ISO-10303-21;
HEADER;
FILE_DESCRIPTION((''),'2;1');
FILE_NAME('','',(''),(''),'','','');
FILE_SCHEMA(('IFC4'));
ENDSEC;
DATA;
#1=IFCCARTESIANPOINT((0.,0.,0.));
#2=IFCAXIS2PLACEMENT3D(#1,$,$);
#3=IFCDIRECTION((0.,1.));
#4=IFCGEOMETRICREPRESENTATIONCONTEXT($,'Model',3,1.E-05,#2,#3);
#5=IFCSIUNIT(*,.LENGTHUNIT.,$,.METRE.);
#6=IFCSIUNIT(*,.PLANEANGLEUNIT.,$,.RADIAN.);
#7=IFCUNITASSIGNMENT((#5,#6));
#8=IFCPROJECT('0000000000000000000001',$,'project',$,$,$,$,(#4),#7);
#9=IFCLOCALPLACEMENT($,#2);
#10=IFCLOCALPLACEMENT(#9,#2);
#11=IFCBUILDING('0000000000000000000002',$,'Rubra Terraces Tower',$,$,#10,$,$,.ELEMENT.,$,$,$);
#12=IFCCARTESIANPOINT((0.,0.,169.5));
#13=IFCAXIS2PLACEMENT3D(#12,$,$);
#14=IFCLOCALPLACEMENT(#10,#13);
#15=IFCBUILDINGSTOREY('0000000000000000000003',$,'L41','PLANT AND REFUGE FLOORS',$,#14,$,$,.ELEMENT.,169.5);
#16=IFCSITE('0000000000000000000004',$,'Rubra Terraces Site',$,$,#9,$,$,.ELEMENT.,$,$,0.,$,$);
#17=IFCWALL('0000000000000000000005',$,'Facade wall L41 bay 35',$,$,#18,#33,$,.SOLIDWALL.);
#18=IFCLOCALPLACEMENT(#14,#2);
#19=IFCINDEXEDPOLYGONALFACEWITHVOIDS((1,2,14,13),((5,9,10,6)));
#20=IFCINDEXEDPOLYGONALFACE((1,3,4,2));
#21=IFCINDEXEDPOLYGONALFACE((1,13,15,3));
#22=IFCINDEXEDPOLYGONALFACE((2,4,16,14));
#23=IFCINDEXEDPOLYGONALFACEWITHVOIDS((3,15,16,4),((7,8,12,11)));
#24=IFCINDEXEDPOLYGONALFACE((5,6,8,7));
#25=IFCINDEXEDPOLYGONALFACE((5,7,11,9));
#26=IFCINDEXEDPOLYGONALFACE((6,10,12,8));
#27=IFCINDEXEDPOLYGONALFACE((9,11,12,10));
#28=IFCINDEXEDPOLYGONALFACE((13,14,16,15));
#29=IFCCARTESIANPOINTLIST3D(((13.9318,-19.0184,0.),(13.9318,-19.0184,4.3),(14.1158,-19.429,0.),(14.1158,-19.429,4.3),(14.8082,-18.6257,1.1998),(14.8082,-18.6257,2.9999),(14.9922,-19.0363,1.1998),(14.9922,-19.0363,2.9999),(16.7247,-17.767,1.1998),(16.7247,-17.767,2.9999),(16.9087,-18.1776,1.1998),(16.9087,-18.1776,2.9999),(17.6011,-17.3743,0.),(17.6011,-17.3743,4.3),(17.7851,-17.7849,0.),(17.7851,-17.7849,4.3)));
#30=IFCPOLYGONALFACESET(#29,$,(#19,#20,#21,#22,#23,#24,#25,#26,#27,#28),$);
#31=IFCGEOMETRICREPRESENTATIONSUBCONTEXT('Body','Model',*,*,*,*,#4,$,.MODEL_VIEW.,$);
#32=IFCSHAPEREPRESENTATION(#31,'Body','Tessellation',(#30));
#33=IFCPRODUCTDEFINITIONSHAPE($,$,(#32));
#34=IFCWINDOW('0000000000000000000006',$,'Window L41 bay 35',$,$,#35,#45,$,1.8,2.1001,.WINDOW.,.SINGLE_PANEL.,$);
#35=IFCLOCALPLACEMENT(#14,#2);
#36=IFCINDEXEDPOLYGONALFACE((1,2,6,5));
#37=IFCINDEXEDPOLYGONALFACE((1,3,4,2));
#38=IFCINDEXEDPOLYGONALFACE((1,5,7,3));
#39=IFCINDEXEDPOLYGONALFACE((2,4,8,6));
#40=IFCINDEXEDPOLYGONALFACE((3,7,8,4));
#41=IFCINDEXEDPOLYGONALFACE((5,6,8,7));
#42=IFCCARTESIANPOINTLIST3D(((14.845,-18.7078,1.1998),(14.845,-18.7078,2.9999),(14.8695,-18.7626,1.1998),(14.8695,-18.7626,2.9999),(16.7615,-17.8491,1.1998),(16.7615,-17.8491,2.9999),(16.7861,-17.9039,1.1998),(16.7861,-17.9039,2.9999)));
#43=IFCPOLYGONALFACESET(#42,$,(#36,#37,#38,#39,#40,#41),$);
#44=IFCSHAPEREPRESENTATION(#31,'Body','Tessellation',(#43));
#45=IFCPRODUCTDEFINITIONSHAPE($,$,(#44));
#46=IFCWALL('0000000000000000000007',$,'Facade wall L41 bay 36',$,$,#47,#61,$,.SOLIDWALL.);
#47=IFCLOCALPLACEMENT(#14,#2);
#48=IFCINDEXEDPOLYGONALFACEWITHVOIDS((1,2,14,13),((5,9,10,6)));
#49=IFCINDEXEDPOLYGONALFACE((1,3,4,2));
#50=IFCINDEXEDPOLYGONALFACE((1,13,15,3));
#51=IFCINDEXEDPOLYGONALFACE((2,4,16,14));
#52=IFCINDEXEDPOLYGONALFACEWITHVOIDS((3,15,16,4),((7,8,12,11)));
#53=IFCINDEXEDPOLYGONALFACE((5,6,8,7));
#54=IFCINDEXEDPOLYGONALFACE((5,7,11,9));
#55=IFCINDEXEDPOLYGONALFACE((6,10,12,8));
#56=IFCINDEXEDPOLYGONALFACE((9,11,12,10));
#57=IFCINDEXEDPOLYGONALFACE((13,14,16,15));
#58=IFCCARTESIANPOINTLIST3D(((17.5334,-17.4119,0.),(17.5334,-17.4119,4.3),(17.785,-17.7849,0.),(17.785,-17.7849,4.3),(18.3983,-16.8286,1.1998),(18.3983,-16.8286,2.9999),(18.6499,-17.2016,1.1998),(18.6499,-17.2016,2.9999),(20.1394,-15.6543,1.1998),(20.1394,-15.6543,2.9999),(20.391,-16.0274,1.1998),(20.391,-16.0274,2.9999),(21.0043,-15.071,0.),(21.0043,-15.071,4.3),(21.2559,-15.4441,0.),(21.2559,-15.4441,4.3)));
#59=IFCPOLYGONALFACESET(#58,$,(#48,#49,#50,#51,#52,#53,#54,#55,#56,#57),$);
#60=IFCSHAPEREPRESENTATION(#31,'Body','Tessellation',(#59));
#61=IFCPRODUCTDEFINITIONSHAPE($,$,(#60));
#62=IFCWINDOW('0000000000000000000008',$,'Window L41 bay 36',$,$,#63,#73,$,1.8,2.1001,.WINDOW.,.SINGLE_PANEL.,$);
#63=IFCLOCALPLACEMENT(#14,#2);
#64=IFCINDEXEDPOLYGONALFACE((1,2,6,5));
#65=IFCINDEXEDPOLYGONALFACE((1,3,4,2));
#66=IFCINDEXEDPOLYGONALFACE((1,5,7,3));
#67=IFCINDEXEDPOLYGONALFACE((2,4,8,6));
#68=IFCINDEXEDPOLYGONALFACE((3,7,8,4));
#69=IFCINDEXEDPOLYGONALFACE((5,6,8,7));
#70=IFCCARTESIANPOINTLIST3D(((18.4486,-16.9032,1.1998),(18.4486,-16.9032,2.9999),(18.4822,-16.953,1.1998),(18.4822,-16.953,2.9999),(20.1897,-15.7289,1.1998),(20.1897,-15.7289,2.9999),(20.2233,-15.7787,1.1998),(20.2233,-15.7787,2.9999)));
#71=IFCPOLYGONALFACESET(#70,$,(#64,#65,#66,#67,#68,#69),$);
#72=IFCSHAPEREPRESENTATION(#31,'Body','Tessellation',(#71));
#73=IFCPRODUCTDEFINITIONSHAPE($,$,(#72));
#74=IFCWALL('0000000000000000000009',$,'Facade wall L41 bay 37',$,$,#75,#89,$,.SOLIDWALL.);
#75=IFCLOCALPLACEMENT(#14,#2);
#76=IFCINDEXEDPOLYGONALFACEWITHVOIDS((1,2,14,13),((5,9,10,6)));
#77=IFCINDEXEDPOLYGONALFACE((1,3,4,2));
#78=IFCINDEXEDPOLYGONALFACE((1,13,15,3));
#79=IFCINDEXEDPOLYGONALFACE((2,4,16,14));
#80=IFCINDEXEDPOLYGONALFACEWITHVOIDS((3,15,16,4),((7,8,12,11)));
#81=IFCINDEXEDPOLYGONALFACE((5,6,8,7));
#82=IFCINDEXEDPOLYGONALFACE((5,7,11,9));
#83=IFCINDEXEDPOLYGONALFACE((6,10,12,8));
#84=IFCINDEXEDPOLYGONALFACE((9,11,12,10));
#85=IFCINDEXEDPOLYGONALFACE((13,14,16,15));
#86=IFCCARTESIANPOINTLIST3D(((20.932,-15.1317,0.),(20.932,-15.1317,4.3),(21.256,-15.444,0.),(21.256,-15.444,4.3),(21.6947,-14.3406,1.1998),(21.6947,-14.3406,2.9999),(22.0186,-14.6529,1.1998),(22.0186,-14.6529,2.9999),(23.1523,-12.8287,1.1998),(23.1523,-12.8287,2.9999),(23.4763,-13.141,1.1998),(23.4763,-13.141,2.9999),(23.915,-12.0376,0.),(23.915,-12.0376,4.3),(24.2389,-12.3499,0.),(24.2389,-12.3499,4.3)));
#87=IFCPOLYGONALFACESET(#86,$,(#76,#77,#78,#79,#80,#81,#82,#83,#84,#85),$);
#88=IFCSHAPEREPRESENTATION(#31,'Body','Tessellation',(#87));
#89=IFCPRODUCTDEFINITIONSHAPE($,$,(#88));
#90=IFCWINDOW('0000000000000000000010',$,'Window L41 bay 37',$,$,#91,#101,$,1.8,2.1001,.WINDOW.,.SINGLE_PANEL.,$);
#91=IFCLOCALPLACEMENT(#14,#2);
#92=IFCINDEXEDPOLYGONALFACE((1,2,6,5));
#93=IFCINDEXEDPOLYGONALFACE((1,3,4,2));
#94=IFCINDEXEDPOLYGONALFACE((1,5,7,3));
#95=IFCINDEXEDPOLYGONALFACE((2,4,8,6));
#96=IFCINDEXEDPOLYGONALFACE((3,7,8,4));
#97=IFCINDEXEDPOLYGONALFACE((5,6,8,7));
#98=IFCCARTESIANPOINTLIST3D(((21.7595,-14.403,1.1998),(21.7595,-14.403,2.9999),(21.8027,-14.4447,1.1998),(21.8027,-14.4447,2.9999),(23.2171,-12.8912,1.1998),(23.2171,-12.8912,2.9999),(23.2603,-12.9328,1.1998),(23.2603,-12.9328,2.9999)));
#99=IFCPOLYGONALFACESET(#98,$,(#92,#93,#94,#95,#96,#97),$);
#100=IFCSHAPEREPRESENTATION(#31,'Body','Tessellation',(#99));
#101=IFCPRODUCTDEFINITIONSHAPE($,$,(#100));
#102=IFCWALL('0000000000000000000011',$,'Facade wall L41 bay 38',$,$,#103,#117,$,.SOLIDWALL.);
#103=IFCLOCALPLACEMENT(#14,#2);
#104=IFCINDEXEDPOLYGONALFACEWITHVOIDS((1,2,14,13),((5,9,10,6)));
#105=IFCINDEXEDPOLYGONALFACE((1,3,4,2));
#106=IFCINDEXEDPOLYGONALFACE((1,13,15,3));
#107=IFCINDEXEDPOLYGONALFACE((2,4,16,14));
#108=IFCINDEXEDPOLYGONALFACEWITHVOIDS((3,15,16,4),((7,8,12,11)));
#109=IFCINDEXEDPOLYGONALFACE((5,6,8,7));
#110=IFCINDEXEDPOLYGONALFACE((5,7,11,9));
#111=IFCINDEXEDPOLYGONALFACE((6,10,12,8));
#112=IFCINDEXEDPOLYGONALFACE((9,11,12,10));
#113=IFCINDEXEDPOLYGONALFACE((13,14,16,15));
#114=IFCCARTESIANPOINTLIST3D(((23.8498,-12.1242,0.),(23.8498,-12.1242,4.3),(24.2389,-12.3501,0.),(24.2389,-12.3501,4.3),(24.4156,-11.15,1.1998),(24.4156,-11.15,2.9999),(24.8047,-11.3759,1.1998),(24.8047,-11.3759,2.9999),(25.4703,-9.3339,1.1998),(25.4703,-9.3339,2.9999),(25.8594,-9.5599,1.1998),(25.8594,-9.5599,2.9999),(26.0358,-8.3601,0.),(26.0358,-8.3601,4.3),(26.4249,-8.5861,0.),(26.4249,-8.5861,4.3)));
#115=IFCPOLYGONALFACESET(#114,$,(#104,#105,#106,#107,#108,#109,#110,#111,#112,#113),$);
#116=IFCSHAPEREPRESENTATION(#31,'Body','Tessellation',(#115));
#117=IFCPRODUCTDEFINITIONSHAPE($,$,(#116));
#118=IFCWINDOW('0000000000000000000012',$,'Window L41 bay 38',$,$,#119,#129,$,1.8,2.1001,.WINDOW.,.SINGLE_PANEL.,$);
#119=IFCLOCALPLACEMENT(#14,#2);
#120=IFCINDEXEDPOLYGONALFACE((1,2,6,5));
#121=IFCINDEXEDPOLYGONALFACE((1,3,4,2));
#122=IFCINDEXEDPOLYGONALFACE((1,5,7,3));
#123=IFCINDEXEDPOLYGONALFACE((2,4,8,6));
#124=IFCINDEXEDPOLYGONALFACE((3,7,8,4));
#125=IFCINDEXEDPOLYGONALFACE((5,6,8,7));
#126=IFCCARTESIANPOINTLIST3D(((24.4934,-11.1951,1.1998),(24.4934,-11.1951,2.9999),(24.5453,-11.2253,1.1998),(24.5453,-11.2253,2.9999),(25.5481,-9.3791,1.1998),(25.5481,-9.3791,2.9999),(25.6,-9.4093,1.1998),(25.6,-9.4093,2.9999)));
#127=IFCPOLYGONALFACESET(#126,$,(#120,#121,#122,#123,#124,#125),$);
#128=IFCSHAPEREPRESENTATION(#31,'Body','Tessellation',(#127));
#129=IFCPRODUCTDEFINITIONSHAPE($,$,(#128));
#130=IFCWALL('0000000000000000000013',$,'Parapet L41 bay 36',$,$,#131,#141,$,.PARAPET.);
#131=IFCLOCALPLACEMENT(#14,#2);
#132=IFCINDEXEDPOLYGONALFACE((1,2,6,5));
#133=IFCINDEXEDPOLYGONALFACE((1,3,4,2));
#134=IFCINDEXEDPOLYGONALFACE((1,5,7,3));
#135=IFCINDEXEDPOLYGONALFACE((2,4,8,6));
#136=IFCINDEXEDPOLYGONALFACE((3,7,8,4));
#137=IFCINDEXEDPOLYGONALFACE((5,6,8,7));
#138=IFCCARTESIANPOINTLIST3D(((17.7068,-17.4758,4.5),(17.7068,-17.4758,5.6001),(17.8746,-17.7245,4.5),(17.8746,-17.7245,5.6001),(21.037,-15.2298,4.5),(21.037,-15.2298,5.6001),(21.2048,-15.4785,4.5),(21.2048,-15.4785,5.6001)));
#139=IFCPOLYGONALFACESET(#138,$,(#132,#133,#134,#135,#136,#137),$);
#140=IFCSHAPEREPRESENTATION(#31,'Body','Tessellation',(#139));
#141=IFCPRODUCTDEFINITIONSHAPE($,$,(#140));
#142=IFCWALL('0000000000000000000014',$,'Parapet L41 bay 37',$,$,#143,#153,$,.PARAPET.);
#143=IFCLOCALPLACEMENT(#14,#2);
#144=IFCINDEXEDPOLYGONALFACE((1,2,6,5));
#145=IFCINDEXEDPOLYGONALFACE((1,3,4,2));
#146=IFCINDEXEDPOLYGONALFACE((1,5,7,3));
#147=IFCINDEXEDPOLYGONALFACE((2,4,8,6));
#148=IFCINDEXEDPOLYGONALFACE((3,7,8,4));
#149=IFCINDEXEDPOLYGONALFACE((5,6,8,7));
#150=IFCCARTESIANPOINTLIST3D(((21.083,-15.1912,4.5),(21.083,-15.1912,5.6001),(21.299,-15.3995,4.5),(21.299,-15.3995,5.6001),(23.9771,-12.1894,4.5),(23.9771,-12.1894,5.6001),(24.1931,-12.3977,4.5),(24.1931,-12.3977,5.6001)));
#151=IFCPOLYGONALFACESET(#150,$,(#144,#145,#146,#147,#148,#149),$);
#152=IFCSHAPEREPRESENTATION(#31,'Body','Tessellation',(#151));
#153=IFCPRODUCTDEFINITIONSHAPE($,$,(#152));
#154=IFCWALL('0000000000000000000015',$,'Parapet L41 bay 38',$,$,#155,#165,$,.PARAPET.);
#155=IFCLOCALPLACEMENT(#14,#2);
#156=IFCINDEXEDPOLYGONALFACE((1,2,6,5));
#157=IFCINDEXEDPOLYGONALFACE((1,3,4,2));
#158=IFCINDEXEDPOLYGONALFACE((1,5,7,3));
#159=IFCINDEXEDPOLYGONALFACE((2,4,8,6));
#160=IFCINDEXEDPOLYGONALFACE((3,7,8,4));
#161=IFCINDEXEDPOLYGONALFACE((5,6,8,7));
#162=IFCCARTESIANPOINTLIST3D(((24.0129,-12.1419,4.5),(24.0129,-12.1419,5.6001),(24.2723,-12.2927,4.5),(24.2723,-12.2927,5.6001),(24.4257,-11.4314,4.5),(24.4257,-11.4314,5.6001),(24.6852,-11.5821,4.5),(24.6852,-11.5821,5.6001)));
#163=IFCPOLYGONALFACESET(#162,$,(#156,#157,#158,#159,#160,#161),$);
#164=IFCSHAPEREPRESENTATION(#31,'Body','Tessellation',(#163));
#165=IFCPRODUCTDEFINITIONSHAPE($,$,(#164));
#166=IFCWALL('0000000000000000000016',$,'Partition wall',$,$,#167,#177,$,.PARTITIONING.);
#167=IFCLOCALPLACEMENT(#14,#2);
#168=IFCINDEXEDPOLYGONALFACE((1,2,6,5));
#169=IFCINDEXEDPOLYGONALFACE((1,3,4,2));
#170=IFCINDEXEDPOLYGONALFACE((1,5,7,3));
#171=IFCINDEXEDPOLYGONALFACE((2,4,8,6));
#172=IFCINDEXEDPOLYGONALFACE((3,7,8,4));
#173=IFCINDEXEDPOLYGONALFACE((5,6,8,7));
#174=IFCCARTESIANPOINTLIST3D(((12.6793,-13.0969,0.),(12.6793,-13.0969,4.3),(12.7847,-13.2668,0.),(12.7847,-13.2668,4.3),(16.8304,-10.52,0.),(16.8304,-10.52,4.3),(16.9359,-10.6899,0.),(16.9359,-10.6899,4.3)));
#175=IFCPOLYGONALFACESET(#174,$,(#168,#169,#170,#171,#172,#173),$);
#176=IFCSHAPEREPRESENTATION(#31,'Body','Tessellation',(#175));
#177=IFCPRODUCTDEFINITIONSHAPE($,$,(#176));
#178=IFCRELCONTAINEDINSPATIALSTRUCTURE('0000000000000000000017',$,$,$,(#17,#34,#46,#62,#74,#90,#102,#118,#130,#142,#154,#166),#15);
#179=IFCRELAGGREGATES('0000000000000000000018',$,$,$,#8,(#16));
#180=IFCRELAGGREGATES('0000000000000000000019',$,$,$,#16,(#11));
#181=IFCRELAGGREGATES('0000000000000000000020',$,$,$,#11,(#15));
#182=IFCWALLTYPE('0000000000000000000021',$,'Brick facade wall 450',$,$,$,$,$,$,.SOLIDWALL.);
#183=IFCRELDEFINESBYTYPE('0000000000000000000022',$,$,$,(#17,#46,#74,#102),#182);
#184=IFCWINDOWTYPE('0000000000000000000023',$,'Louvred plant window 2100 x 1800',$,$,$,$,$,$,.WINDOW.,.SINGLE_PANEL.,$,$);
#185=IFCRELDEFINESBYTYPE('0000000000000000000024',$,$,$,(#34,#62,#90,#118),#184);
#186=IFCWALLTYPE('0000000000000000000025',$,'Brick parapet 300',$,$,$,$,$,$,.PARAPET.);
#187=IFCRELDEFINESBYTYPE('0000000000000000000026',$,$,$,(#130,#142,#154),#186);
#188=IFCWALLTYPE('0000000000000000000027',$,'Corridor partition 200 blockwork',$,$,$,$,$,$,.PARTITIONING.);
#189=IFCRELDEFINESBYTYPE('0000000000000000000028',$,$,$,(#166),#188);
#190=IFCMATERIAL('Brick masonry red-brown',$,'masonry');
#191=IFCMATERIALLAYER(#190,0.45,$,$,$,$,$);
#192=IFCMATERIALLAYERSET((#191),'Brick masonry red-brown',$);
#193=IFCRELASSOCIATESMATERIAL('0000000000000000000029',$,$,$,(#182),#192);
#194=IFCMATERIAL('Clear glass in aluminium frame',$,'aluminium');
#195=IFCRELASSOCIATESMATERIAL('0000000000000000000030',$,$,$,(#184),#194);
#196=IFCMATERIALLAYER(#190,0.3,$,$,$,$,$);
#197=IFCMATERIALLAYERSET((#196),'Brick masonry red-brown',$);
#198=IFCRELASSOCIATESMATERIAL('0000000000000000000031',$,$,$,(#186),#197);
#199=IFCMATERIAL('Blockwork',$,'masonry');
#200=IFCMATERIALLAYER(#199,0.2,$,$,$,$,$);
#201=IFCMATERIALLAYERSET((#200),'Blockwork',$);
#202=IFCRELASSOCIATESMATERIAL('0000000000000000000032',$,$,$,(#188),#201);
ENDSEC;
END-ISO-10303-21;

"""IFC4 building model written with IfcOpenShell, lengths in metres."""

from ifc_helpers import new_model, si_unit, direction, frame, frame_2d, origin, place, context, subcontext, project, spatial, rectangle, extrude, material, layer, layer_set, type_object, element, fill, save


model = new_model("IFC4")

# Units and contexts
model_context = context("Model", 3, precision=1e-05, world=origin(), true_north=direction((0.0, 1.0)))
body_context = subcontext(model_context, "Body", "Model", "MODEL_VIEW")
ifc_project = project(units=[si_unit("LENGTHUNIT", "METRE"), si_unit("PLANEANGLEUNIT", "RADIAN")], contexts=[model_context])

# Site, building, storey
site_placement = place(None, origin())
site = spatial("IfcSite", under=ifc_project, at=site_placement, Name="Rubra Terraces Site", CompositionType="ELEMENT", RefElevation=0.0)
building_placement = place(site_placement, origin())
building = spatial("IfcBuilding", under=site, at=building_placement, Name="Rubra Terraces Tower", CompositionType="ELEMENT")
storey_placement = place(building_placement, frame((0.0, 0.0, 169.5)))
storey = spatial("IfcBuildingStorey", under=building, at=storey_placement, Name="L41", Description="PLANT AND REFUGE FLOORS", CompositionType="ELEMENT", Elevation=169.5)

# Walls, openings, windows
ifc_material_1 = material(Name="Brick masonry red-brown", Category="masonry")
ifc_layer_1 = layer(ifc_material_1, 0.45)
ifc_layer_set_1 = layer_set([ifc_layer_1], Name="Brick masonry red-brown")
wall_type_1 = type_object("IfcWallType", Name="Brick facade wall 450", PredefinedType="SOLIDWALL", material=ifc_layer_set_1)
wall_1_placement = place(storey_placement, frame((14.0239, -19.2236, 0.0), z_axis=(0.0, 0.0, 1.0), x_axis=(0.91258, 0.408897, 0.0)))
wall_1 = element("IfcWall", 1, at=wall_1_placement, inside=storey, type_object=wall_type_1, Name="Facade wall L41 bay 35", PredefinedType="SOLIDWALL", context=body_context, shape_type="SweptSolid", body=[
    extrude(rectangle(XDim=4.0208, YDim=0.45, at=frame_2d((2.0103, 0.0))), origin(), (0.0, 0.0, 1.0), 4.3),
])
opening_1_placement = place(wall_1_placement, frame((0.9602, 0.0, 1.2)))
opening_1 = element("IfcOpeningElement", 2, at=opening_1_placement, cuts=wall_1, PredefinedType="OPENING", context=body_context, shape_type="SweptSolid", body=[
    extrude(rectangle(XDim=2.1001, YDim=1.8, at=frame_2d((1.05, 0.8999))), frame((0.0, 0.2349, 0.0), z_axis=(0.0, -1.0, 0.0), x_axis=(1.0, 0.0, 0.0)), (0.0, 0.0, 1.0), 0.47),
])
ifc_material_2 = material(Name="Clear glass in aluminium frame", Category="aluminium")
window_type = type_object("IfcWindowType", Name="Louvred plant window 2100 x 1800", PartitioningType="SINGLE_PANEL", PredefinedType="WINDOW", material=ifc_material_2)
window_1_placement = place(opening_1_placement, origin())
window_1 = element("IfcWindow", 3, at=window_1_placement, inside=storey, type_object=window_type, Name="Window L41 bay 35", OverallHeight=1.8, OverallWidth=2.1001, PartitioningType="SINGLE_PANEL", PredefinedType="WINDOW", context=body_context, shape_type="SweptSolid", body=[
    extrude(rectangle(XDim=2.1001, YDim=1.8, at=frame_2d((1.05, 0.8999))), frame((0.0, 0.135, 0.0), z_axis=(0.0, -1.0, 0.0), x_axis=(1.0, 0.0, 0.0)), (0.0, 0.0, 1.0), 0.0601),
])
fill(opening_1, window_1)
wall_2_placement = place(storey_placement, frame((17.6592, -17.5984, 0.0), z_axis=(0.0, 0.0, 1.0), x_axis=(0.829078, 0.559133, 0.0)))
wall_2 = element("IfcWall", 4, at=wall_2_placement, inside=storey, type_object=wall_type_1, Name="Facade wall L41 bay 36", PredefinedType="SOLIDWALL", context=body_context, shape_type="SweptSolid", body=[
    extrude(rectangle(XDim=4.1865, YDim=0.45, at=frame_2d((2.0933, 0.0))), origin(), (0.0, 0.0, 1.0), 4.3),
])
opening_2_placement = place(wall_2_placement, frame((1.0432, 0.0, 1.2)))
opening_2 = element("IfcOpeningElement", 5, at=opening_2_placement, cuts=wall_2, PredefinedType="OPENING", context=body_context, shape_type="SweptSolid", body=[
    extrude(rectangle(XDim=2.1001, YDim=1.8, at=frame_2d((1.05, 0.8999))), frame((0.0, 0.2349, 0.0), z_axis=(0.0, -1.0, 0.0), x_axis=(1.0, 0.0, 0.0)), (0.0, 0.0, 1.0), 0.47),
])
window_2_placement = place(opening_2_placement, origin())
window_2 = element("IfcWindow", 6, at=window_2_placement, inside=storey, type_object=window_type, Name="Window L41 bay 36", OverallHeight=1.8, OverallWidth=2.1001, PartitioningType="SINGLE_PANEL", PredefinedType="WINDOW", context=body_context, shape_type="SweptSolid", body=[
    extrude(rectangle(XDim=2.1001, YDim=1.8, at=frame_2d((1.05, 0.8999))), frame((0.0, 0.135, 0.0), z_axis=(0.0, -1.0, 0.0), x_axis=(1.0, 0.0, 0.0)), (0.0, 0.0, 1.0), 0.0601),
])
fill(opening_2, window_2)
wall_3_placement = place(storey_placement, frame((21.094, -15.2878, 0.0), z_axis=(0.0, 0.0, 1.0), x_axis=(0.694065, 0.719912, 0.0)))
wall_3 = element("IfcWall", 7, at=wall_3_placement, inside=storey, type_object=wall_type_1, Name="Facade wall L41 bay 37", PredefinedType="SOLIDWALL", context=body_context, shape_type="SweptSolid", body=[
    extrude(rectangle(XDim=4.2979, YDim=0.45, at=frame_2d((2.1489, 0.0))), origin(), (0.0, 0.0, 1.0), 4.3),
])
opening_3_placement = place(wall_3_placement, frame((1.0989, 0.0, 1.2)))
opening_3 = element("IfcOpeningElement", 8, at=opening_3_placement, cuts=wall_3, PredefinedType="OPENING", context=body_context, shape_type="SweptSolid", body=[
    extrude(rectangle(XDim=2.1001, YDim=1.8, at=frame_2d((1.05, 0.8999))), frame((0.0, 0.2349, 0.0), z_axis=(0.0, -1.0, 0.0), x_axis=(1.0, 0.0, 0.0)), (0.0, 0.0, 1.0), 0.47),
])
window_3_placement = place(opening_3_placement, origin())
window_3 = element("IfcWindow", 9, at=window_3_placement, inside=storey, type_object=window_type, Name="Window L41 bay 37", OverallHeight=1.8, OverallWidth=2.1001, PartitioningType="SINGLE_PANEL", PredefinedType="WINDOW", context=body_context, shape_type="SweptSolid", body=[
    extrude(rectangle(XDim=2.1001, YDim=1.8, at=frame_2d((1.05, 0.8999))), frame((0.0, 0.135, 0.0), z_axis=(0.0, -1.0, 0.0), x_axis=(1.0, 0.0, 0.0)), (0.0, 0.0, 1.0), 0.0601),
])
fill(opening_3, window_3)
wall_4_placement = place(storey_placement, frame((24.0444, -12.2371, 0.0), z_axis=(0.0, 0.0, 1.0), x_axis=(0.502203, 0.86475, 0.0)))
wall_4 = element("IfcWall", 10, at=wall_4_placement, inside=storey, type_object=wall_type_1, Name="Facade wall L41 bay 38", PredefinedType="SOLIDWALL", context=body_context, shape_type="SweptSolid", body=[
    extrude(rectangle(XDim=4.3528, YDim=0.45, at=frame_2d((2.1763, 0.0))), origin(), (0.0, 0.0, 1.0), 4.3),
])
opening_4_placement = place(wall_4_placement, frame((1.1265, 0.0, 1.2)))
opening_4 = element("IfcOpeningElement", 11, at=opening_4_placement, cuts=wall_4, PredefinedType="OPENING", context=body_context, shape_type="SweptSolid", body=[
    extrude(rectangle(XDim=2.1001, YDim=1.8, at=frame_2d((1.05, 0.8999))), frame((0.0, 0.2349, 0.0), z_axis=(0.0, -1.0, 0.0), x_axis=(1.0, 0.0, 0.0)), (0.0, 0.0, 1.0), 0.47),
])
window_4_placement = place(opening_4_placement, origin())
window_4 = element("IfcWindow", 12, at=window_4_placement, inside=storey, type_object=window_type, Name="Window L41 bay 38", OverallHeight=1.8, OverallWidth=2.1001, PartitioningType="SINGLE_PANEL", PredefinedType="WINDOW", context=body_context, shape_type="SweptSolid", body=[
    extrude(rectangle(XDim=2.1001, YDim=1.8, at=frame_2d((1.05, 0.8999))), frame((0.0, 0.135, 0.0), z_axis=(0.0, -1.0, 0.0), x_axis=(1.0, 0.0, 0.0)), (0.0, 0.0, 1.0), 0.0601),
])
fill(opening_4, window_4)

# Walls
ifc_layer_2 = layer(ifc_material_1, 0.3)
ifc_layer_set_2 = layer_set([ifc_layer_2], Name="Brick masonry red-brown")
wall_type_2 = type_object("IfcWallType", Name="Brick parapet 300", PredefinedType="PARAPET", material=ifc_layer_set_2)
wall_5_placement = place(storey_placement, frame((17.7908, -17.6001, 4.5), z_axis=(0.0, 0.0, 1.0), x_axis=(0.829065, 0.559152, 0.0)))
element("IfcWall", 13, at=wall_5_placement, inside=storey, type_object=wall_type_2, Name="Parapet L41 bay 36", PredefinedType="PARAPET", context=body_context, shape_type="SweptSolid", body=[
    extrude(rectangle(XDim=4.0168, YDim=0.3, at=frame_2d((2.0083, 0.0))), origin(), (0.0, 0.0, 1.0), 1.1001),
])
wall_6_placement = place(storey_placement, frame((21.1909, -15.2954, 4.5), z_axis=(0.0, 0.0, 1.0), x_axis=(0.694078, 0.7199, 0.0)))
element("IfcWall", 14, at=wall_6_placement, inside=storey, type_object=wall_type_2, Name="Parapet L41 bay 37", PredefinedType="PARAPET", context=body_context, shape_type="SweptSolid", body=[
    extrude(rectangle(XDim=4.1697, YDim=0.3, at=frame_2d((2.085, 0.0))), origin(), (0.0, 0.0, 1.0), 1.1001),
])
wall_7_placement = place(storey_placement, frame((24.1426, -12.2173, 4.5), z_axis=(0.0, 0.0, 1.0), x_axis=(0.502429, 0.864618, 0.0)))
element("IfcWall", 15, at=wall_7_placement, inside=storey, type_object=wall_type_2, Name="Parapet L41 bay 38", PredefinedType="PARAPET", context=body_context, shape_type="SweptSolid", body=[
    extrude(rectangle(XDim=0.8218, YDim=0.3, at=frame_2d((0.4109, 0.0))), origin(), (0.0, 0.0, 1.0), 1.1001),
])
ifc_material_3 = material(Name="Blockwork", Category="masonry")
ifc_layer_3 = layer(ifc_material_3, 0.2)
ifc_layer_set_3 = layer_set([ifc_layer_3], Name="Blockwork")
wall_type_3 = type_object("IfcWallType", Name="Corridor partition 200 blockwork", PredefinedType="PARTITIONING", material=ifc_layer_set_3)
wall_8_placement = place(storey_placement, frame((16.8831, -10.605, 0.0), z_axis=(0.0, 0.0, 1.0), x_axis=(-0.849609, -0.527414, 0.0)))
element("IfcWall", 16, at=wall_8_placement, inside=storey, type_object=wall_type_3, Name="Partition wall", PredefinedType="PARTITIONING", context=body_context, shape_type="SweptSolid", body=[
    extrude(rectangle(XDim=4.886, YDim=0.2, at=frame_2d((2.4429, 0.0))), origin(), (0.0, 0.0, 1.0), 4.3),
])

save(model, "model.ifc")
